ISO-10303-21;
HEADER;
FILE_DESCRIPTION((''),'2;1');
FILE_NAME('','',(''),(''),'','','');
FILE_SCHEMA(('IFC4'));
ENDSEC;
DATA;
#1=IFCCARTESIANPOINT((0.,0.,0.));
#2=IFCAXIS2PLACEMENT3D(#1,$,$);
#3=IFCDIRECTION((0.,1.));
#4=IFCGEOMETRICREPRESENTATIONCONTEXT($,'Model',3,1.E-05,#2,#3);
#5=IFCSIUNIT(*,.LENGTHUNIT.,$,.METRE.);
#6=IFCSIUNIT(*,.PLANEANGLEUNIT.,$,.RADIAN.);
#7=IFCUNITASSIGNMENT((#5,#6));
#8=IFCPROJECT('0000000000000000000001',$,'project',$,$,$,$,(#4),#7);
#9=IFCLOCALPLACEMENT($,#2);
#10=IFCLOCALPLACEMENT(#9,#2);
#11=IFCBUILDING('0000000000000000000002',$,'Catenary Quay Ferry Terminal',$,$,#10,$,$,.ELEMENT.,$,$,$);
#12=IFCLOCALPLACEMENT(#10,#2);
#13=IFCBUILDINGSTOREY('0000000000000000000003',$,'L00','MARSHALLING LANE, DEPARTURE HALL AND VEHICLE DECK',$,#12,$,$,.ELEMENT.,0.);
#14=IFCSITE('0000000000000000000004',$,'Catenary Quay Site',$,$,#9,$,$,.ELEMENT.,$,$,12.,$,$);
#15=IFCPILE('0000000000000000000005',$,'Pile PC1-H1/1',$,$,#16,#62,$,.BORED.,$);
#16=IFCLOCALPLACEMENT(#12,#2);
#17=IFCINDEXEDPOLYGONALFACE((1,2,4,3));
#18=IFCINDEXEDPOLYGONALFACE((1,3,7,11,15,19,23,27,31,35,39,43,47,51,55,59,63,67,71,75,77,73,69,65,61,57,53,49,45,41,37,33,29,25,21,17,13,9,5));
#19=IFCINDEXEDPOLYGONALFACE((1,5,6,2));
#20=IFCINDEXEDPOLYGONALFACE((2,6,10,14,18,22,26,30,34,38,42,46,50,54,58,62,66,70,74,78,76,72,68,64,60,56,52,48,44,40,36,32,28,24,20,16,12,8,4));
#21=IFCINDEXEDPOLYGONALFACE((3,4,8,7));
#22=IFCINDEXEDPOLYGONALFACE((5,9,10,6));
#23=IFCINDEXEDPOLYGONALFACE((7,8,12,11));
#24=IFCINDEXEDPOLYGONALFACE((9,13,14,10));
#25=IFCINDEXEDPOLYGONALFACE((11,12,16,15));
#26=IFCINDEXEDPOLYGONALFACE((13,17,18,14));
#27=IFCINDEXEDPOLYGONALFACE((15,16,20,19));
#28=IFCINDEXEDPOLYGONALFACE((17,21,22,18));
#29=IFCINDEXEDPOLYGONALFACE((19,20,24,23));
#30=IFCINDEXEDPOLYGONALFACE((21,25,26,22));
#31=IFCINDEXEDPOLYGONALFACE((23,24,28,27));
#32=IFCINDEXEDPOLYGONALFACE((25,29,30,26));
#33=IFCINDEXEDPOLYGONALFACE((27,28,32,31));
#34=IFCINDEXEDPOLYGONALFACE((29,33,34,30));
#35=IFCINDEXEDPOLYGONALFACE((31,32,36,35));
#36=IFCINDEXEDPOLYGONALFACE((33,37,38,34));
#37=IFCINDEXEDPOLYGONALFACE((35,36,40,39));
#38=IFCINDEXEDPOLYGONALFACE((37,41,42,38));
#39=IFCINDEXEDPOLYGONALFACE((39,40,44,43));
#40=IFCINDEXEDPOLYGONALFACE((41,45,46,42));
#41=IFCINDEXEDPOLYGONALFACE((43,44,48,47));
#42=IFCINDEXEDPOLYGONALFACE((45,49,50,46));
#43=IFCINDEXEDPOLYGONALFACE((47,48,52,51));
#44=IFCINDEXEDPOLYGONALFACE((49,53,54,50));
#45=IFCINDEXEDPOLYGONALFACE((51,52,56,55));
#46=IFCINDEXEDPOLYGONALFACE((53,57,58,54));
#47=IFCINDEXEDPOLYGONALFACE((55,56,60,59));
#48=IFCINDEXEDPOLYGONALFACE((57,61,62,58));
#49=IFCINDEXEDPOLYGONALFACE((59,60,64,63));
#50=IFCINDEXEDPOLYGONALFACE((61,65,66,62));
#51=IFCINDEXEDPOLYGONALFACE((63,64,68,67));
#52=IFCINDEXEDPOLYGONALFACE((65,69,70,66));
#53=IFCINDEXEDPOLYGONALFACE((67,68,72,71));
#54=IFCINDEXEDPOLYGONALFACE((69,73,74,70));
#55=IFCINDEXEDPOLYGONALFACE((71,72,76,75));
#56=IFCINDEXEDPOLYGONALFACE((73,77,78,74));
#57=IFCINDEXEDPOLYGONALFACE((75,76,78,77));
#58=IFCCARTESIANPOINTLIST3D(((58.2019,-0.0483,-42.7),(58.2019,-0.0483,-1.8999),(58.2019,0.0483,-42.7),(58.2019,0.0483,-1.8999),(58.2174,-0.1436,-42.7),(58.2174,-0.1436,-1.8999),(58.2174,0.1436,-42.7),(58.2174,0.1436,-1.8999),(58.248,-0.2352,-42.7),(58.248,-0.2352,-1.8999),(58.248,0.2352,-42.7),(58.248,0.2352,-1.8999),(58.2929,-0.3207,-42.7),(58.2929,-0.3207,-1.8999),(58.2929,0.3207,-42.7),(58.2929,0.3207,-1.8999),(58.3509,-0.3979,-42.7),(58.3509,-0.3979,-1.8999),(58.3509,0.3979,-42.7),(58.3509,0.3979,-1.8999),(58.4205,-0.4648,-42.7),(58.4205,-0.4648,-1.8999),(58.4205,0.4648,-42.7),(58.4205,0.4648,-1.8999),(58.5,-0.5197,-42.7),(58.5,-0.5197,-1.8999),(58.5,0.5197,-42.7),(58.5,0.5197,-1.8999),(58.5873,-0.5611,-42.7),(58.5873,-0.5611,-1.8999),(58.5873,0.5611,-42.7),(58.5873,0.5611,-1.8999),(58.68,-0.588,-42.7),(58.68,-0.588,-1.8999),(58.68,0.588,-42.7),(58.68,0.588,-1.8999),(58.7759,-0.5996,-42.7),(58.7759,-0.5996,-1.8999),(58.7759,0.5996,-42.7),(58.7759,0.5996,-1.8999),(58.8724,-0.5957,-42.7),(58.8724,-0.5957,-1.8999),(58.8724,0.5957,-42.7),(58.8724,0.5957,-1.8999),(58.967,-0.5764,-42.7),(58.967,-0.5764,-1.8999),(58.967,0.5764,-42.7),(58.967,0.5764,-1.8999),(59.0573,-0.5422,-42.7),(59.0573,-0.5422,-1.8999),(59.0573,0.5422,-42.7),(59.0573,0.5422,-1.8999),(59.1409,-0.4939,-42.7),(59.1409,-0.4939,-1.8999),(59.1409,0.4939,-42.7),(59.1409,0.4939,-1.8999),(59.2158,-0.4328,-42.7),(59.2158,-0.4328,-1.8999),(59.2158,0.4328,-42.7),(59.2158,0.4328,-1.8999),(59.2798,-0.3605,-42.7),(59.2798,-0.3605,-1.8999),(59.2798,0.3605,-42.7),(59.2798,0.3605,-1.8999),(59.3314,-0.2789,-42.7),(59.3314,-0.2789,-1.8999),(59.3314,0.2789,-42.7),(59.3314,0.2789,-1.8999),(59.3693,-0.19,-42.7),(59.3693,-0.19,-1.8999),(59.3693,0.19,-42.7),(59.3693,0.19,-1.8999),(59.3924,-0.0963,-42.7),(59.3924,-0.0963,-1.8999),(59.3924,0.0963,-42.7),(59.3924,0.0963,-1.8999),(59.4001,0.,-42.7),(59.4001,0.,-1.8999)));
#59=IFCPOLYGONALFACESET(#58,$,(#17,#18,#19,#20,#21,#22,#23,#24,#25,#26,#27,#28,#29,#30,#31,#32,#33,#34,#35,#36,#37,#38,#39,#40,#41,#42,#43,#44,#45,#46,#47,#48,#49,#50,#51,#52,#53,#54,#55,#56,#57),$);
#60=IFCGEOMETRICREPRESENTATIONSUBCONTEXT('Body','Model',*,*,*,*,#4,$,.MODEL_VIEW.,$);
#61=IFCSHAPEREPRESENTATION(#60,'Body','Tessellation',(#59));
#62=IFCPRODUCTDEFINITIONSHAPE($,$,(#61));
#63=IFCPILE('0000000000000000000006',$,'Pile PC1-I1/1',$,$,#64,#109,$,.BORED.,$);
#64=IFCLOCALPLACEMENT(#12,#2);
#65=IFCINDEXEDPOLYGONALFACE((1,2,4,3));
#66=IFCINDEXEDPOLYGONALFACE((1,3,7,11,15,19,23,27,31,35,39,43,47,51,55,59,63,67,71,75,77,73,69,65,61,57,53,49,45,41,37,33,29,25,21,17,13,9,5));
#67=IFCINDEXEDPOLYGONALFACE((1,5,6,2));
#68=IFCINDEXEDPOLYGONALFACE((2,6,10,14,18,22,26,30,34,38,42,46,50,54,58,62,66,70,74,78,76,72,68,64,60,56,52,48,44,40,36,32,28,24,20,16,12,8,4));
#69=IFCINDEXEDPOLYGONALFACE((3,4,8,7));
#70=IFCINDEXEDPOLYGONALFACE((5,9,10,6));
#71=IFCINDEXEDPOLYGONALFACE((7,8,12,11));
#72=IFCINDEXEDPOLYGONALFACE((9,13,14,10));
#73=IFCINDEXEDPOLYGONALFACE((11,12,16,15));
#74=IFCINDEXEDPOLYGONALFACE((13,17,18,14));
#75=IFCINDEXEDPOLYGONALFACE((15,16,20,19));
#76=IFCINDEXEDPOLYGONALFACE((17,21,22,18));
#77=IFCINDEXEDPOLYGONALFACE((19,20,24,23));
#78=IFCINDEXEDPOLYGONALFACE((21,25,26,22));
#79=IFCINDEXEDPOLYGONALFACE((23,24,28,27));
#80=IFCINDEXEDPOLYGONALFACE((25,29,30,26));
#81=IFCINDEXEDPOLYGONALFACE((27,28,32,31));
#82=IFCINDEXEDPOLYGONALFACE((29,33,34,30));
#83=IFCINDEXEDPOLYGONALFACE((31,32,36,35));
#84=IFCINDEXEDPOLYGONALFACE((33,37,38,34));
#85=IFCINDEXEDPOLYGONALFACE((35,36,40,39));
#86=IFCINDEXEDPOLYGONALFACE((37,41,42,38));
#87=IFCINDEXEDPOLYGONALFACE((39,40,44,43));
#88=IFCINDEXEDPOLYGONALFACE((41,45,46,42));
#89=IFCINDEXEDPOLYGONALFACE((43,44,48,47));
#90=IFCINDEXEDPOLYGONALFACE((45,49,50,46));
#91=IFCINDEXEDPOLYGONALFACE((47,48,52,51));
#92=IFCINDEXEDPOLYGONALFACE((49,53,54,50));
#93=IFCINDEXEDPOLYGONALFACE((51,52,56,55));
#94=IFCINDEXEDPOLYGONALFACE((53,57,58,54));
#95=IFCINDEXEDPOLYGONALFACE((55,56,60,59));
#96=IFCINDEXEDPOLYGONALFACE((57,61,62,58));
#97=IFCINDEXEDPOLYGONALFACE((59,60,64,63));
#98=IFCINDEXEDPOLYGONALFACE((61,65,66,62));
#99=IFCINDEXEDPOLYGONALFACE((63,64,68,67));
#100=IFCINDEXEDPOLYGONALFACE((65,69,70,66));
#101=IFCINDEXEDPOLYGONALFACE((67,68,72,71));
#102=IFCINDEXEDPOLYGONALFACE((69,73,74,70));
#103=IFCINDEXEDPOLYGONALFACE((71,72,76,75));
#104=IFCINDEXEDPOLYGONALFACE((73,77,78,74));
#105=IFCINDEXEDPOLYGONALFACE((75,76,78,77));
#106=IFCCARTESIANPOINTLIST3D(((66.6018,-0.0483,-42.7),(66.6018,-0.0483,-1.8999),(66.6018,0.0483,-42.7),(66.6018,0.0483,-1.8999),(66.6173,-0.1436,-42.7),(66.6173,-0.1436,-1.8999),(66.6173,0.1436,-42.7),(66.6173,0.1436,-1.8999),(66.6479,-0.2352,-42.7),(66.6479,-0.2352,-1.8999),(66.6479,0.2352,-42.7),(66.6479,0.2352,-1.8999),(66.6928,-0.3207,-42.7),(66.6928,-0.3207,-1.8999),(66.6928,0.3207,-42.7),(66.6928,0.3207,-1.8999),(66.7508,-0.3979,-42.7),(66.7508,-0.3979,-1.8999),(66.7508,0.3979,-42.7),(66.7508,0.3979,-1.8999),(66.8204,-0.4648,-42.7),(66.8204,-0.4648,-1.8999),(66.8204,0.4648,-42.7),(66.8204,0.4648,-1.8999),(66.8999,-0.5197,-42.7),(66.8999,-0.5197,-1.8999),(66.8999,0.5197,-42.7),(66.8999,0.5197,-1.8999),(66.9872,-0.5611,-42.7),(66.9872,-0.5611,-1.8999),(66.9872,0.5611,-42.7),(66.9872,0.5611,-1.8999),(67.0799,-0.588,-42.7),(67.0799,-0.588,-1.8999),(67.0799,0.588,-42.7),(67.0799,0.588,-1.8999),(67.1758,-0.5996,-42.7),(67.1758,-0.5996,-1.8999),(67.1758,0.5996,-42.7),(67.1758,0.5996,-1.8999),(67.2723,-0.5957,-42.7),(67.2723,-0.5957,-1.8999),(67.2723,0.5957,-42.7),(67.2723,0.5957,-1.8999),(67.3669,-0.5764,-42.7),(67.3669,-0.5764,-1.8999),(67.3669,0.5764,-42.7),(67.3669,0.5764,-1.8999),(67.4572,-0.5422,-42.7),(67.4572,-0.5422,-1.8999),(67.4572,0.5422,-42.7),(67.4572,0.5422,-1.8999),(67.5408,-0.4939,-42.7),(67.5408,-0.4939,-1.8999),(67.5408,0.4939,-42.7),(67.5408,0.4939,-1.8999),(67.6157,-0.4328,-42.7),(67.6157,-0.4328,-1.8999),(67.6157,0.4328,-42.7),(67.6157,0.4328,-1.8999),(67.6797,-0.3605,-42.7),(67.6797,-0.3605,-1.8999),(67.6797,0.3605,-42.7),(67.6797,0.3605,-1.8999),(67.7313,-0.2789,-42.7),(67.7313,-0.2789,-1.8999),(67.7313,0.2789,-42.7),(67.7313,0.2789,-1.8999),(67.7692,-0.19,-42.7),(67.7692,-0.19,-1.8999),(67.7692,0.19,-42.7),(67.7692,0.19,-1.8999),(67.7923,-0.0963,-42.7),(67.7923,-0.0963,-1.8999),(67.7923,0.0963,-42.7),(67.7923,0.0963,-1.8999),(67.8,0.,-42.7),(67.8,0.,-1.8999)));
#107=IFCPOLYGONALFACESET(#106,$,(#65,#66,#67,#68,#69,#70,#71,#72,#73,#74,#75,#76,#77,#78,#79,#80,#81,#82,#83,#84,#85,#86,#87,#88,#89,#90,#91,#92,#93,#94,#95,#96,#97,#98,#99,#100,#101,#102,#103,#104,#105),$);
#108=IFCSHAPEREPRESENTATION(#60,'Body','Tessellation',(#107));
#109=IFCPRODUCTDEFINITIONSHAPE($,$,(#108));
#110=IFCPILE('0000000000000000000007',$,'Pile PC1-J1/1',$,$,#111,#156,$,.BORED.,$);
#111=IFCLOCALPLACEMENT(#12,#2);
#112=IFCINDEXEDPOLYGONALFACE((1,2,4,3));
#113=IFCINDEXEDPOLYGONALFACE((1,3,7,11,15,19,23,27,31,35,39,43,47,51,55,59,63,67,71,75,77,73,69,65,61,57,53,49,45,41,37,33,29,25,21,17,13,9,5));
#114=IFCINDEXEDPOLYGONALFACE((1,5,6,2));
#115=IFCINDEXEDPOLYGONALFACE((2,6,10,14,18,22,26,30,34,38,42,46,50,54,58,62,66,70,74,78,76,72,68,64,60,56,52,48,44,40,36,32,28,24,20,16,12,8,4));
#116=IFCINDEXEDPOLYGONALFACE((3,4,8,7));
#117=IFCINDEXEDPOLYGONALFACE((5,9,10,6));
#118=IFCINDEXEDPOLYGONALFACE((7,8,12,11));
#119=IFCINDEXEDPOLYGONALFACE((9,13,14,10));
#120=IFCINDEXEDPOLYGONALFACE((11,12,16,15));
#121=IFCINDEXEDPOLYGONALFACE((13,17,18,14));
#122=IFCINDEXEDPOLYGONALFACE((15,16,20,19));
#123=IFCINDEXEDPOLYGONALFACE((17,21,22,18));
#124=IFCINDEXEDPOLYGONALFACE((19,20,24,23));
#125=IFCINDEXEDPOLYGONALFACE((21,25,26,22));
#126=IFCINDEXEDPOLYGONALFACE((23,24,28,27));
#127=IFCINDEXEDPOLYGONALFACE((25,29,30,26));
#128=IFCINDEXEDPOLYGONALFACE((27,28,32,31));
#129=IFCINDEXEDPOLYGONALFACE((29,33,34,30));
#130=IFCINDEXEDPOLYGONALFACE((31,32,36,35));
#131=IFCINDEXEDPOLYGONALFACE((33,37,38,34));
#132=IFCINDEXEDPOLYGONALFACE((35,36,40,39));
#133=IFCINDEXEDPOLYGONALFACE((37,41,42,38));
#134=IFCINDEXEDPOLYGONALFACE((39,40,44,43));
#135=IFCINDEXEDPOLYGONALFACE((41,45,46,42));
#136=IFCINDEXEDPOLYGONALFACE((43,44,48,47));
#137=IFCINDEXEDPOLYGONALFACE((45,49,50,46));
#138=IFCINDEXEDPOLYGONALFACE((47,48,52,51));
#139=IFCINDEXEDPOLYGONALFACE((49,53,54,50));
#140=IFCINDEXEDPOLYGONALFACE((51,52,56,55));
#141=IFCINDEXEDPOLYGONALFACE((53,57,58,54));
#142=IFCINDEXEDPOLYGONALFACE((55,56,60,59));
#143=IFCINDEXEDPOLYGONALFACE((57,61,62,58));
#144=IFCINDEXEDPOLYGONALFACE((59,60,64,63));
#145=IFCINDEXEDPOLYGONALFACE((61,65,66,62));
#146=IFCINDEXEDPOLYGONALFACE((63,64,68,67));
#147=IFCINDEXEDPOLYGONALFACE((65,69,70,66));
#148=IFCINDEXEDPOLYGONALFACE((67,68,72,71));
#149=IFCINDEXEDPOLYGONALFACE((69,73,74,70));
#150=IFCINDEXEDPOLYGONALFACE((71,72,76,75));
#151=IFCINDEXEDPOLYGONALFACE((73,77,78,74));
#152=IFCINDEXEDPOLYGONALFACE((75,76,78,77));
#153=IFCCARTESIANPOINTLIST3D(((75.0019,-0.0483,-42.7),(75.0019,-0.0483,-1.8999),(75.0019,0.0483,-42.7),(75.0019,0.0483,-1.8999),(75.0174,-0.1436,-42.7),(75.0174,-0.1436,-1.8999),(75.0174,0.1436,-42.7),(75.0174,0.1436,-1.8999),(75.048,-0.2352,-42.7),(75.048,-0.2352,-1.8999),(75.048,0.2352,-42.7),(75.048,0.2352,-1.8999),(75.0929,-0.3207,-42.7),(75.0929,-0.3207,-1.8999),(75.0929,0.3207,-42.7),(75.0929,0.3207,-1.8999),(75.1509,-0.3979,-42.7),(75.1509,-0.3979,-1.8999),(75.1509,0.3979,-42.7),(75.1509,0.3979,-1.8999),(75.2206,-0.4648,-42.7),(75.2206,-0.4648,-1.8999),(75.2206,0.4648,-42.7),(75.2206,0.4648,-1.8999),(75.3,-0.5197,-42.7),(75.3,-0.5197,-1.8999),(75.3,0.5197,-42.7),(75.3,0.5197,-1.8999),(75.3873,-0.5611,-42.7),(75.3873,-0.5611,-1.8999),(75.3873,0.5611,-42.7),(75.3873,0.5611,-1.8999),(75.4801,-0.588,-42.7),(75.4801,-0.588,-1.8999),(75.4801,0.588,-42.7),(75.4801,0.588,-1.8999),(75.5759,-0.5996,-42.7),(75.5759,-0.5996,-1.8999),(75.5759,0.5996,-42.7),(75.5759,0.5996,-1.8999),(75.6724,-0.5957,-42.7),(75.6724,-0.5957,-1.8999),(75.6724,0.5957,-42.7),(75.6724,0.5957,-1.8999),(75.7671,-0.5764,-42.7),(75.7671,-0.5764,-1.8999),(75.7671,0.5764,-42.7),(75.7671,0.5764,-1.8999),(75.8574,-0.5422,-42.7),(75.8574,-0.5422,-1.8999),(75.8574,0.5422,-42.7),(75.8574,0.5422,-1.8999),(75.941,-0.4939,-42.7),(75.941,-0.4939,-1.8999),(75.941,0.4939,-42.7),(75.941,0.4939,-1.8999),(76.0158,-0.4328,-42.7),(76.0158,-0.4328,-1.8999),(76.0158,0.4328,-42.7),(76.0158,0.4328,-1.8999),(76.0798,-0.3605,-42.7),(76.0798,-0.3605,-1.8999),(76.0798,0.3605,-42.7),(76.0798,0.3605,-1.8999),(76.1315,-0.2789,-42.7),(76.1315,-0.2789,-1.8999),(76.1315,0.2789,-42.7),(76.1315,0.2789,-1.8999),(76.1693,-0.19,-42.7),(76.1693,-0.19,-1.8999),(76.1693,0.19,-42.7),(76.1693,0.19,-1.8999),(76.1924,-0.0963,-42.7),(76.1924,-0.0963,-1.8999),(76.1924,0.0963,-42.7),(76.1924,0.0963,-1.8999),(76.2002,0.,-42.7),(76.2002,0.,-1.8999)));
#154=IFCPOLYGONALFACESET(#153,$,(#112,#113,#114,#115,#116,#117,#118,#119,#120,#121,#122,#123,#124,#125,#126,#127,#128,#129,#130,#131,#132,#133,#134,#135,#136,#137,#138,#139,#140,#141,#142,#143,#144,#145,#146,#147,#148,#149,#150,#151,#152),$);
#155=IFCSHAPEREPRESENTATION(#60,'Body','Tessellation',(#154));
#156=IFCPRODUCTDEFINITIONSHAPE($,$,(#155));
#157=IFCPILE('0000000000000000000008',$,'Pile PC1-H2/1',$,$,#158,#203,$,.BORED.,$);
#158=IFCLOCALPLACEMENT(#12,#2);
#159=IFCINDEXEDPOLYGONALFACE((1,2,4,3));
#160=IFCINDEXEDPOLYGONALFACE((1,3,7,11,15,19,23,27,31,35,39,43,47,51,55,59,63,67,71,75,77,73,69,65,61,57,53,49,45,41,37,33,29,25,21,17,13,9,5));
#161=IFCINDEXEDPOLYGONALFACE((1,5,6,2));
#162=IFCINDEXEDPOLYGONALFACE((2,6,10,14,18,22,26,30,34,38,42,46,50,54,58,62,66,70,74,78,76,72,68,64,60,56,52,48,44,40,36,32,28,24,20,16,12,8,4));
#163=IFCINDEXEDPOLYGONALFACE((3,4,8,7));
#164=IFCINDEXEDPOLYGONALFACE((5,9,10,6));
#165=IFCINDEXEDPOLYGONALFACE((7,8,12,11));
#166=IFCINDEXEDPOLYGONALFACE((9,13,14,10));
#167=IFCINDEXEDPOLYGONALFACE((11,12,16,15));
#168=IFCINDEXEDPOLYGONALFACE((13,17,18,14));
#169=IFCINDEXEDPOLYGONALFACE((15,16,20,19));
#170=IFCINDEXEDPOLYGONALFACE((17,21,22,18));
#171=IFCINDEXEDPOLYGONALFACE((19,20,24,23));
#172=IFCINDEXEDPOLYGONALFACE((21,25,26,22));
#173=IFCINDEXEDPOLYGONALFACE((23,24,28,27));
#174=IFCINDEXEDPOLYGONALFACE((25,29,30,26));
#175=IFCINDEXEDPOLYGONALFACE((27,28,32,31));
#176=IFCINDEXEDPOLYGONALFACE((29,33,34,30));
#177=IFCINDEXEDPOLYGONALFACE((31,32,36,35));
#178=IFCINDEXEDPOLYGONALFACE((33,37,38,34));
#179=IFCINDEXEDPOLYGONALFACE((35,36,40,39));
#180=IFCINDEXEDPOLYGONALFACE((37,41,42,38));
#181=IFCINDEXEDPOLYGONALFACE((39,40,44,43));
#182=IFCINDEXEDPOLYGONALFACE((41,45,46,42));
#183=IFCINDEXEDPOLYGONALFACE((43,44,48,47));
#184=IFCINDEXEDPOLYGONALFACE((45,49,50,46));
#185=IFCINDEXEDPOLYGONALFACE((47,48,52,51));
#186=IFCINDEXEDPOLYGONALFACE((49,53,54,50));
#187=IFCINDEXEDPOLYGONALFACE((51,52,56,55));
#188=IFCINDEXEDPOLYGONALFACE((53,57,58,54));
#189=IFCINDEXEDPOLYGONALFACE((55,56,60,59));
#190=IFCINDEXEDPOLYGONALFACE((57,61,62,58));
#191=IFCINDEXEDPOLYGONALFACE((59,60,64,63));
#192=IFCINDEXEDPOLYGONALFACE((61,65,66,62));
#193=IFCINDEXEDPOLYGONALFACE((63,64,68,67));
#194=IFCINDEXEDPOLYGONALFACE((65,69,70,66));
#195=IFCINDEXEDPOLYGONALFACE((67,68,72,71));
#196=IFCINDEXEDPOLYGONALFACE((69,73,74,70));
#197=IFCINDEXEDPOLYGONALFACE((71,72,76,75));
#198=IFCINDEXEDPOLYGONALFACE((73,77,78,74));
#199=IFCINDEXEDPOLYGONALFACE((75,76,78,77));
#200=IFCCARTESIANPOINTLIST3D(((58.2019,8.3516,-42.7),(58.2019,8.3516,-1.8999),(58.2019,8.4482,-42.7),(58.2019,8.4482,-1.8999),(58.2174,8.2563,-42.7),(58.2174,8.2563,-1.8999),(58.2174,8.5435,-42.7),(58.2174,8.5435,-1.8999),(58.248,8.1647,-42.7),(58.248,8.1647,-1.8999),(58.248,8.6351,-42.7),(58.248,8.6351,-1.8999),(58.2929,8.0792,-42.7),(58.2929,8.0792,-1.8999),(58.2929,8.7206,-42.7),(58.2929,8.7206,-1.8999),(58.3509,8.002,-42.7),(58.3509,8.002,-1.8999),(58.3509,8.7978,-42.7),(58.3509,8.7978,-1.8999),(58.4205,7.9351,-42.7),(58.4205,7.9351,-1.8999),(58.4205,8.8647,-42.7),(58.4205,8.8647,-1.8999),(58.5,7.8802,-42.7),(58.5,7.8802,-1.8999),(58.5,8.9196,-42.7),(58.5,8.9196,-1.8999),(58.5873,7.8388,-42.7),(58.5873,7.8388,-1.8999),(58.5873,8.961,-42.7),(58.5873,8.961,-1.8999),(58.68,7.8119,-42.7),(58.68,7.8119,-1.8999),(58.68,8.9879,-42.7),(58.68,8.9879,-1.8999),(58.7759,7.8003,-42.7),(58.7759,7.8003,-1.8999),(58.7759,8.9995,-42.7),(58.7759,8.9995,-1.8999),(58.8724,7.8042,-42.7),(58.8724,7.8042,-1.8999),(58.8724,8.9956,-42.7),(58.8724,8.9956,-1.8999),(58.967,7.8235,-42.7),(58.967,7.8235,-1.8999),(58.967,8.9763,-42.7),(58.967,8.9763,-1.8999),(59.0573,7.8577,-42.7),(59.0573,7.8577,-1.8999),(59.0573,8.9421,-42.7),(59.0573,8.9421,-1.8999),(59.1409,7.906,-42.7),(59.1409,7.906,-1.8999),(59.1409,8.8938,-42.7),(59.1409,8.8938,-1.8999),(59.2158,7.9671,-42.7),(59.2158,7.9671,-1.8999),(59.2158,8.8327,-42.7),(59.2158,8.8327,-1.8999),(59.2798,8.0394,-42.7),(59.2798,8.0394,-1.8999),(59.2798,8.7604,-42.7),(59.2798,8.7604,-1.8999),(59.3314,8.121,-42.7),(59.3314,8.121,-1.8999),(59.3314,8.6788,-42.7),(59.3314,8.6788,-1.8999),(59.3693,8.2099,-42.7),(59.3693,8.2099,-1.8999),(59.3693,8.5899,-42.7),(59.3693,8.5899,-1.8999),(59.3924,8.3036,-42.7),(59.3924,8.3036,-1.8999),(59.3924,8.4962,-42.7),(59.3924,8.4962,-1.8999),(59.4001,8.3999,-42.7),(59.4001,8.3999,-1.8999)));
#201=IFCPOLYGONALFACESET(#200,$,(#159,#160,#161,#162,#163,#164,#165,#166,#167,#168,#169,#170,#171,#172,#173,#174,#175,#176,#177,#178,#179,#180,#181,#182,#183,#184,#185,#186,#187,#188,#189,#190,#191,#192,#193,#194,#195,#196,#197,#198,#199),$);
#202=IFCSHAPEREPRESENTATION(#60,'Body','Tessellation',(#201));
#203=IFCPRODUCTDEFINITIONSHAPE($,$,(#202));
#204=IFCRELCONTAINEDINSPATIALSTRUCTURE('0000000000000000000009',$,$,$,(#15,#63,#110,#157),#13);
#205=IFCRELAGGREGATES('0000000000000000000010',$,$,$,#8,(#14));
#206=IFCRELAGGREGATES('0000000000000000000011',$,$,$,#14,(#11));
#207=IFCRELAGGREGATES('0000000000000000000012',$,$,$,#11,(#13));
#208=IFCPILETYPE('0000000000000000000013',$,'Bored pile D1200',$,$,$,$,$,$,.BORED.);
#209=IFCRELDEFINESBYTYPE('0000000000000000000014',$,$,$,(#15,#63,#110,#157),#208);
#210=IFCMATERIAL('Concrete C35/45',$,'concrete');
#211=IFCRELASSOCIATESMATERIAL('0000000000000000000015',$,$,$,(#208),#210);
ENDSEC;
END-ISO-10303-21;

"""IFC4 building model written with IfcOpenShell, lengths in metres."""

from ifc_helpers import new_model, si_unit, direction, frame, origin, origin_2d, place, context, subcontext, project, spatial, circle, extrude, material, material_profile, profile_set, type_object, element, save


model = new_model("IFC4")

# Units and contexts
model_context = context("Model", 3, precision=1e-05, world=origin(), true_north=direction((0.0, 1.0)))
body_context = subcontext(model_context, "Body", "Model", "MODEL_VIEW")
ifc_project = project(units=[si_unit("LENGTHUNIT", "METRE"), si_unit("PLANEANGLEUNIT", "RADIAN")], contexts=[model_context])

# Site, building, storey
site_placement = place(None, origin())
site = spatial("IfcSite", under=ifc_project, at=site_placement, Name="Catenary Quay Site", CompositionType="ELEMENT", RefElevation=12.0)
building_placement = place(site_placement, origin())
building = spatial("IfcBuilding", under=site, at=building_placement, Name="Catenary Quay Ferry Terminal", CompositionType="ELEMENT")
storey_placement = place(building_placement, origin())
storey = spatial("IfcBuildingStorey", under=building, at=storey_placement, Name="L00", Description="MARSHALLING LANE, DEPARTURE HALL AND VEHICLE DECK", CompositionType="ELEMENT", Elevation=0.0)

# Piles
ifc_material_1 = material(Name="Concrete C35/45", Category="concrete")
ifc_material_profile_1 = material_profile(ifc_material_1, circle(Radius=0.6001, at=origin_2d()), Name="D1200")
ifc_profile_set_1 = profile_set([ifc_material_profile_1], Name="Concrete C35/45")
pile_type = type_object("IfcPileType", Name="Bored pile D1200", PredefinedType="BORED", material=ifc_profile_set_1)
for number, where, z_axis, x_axis, name in (
    (1, (58.8, 0.0, -1.8999), (0.0, 0.0, -1.0), (1.0, 0.0, 0.0), "Pile PC1-H1/1"),
    (2, (67.2, 0.0, -1.8999), (0.0, 0.0, -1.0), (1.0, 0.0, 0.0), "Pile PC1-I1/1"),
    (3, (75.6001, 0.0, -1.8999), (0.0, 0.0, -1.0), (1.0, 0.0, 0.0), "Pile PC1-J1/1"),
    (4, (58.8, 8.3999, -1.8999), (0.0, 0.0, -1.0), (1.0, 0.0, 0.0), "Pile PC1-H2/1"),
):
    element("IfcPile", number, at=place(storey_placement, frame(where, z_axis=z_axis, x_axis=x_axis)), inside=storey, type_object=pile_type, Name=name, PredefinedType="BORED", context=body_context, shape_type="SweptSolid", body=[
        extrude(circle(Radius=0.6001, at=origin_2d()), origin(), (0.0, 0.0, 1.0), 40.8),
    ])

save(model, "model.ifc")
